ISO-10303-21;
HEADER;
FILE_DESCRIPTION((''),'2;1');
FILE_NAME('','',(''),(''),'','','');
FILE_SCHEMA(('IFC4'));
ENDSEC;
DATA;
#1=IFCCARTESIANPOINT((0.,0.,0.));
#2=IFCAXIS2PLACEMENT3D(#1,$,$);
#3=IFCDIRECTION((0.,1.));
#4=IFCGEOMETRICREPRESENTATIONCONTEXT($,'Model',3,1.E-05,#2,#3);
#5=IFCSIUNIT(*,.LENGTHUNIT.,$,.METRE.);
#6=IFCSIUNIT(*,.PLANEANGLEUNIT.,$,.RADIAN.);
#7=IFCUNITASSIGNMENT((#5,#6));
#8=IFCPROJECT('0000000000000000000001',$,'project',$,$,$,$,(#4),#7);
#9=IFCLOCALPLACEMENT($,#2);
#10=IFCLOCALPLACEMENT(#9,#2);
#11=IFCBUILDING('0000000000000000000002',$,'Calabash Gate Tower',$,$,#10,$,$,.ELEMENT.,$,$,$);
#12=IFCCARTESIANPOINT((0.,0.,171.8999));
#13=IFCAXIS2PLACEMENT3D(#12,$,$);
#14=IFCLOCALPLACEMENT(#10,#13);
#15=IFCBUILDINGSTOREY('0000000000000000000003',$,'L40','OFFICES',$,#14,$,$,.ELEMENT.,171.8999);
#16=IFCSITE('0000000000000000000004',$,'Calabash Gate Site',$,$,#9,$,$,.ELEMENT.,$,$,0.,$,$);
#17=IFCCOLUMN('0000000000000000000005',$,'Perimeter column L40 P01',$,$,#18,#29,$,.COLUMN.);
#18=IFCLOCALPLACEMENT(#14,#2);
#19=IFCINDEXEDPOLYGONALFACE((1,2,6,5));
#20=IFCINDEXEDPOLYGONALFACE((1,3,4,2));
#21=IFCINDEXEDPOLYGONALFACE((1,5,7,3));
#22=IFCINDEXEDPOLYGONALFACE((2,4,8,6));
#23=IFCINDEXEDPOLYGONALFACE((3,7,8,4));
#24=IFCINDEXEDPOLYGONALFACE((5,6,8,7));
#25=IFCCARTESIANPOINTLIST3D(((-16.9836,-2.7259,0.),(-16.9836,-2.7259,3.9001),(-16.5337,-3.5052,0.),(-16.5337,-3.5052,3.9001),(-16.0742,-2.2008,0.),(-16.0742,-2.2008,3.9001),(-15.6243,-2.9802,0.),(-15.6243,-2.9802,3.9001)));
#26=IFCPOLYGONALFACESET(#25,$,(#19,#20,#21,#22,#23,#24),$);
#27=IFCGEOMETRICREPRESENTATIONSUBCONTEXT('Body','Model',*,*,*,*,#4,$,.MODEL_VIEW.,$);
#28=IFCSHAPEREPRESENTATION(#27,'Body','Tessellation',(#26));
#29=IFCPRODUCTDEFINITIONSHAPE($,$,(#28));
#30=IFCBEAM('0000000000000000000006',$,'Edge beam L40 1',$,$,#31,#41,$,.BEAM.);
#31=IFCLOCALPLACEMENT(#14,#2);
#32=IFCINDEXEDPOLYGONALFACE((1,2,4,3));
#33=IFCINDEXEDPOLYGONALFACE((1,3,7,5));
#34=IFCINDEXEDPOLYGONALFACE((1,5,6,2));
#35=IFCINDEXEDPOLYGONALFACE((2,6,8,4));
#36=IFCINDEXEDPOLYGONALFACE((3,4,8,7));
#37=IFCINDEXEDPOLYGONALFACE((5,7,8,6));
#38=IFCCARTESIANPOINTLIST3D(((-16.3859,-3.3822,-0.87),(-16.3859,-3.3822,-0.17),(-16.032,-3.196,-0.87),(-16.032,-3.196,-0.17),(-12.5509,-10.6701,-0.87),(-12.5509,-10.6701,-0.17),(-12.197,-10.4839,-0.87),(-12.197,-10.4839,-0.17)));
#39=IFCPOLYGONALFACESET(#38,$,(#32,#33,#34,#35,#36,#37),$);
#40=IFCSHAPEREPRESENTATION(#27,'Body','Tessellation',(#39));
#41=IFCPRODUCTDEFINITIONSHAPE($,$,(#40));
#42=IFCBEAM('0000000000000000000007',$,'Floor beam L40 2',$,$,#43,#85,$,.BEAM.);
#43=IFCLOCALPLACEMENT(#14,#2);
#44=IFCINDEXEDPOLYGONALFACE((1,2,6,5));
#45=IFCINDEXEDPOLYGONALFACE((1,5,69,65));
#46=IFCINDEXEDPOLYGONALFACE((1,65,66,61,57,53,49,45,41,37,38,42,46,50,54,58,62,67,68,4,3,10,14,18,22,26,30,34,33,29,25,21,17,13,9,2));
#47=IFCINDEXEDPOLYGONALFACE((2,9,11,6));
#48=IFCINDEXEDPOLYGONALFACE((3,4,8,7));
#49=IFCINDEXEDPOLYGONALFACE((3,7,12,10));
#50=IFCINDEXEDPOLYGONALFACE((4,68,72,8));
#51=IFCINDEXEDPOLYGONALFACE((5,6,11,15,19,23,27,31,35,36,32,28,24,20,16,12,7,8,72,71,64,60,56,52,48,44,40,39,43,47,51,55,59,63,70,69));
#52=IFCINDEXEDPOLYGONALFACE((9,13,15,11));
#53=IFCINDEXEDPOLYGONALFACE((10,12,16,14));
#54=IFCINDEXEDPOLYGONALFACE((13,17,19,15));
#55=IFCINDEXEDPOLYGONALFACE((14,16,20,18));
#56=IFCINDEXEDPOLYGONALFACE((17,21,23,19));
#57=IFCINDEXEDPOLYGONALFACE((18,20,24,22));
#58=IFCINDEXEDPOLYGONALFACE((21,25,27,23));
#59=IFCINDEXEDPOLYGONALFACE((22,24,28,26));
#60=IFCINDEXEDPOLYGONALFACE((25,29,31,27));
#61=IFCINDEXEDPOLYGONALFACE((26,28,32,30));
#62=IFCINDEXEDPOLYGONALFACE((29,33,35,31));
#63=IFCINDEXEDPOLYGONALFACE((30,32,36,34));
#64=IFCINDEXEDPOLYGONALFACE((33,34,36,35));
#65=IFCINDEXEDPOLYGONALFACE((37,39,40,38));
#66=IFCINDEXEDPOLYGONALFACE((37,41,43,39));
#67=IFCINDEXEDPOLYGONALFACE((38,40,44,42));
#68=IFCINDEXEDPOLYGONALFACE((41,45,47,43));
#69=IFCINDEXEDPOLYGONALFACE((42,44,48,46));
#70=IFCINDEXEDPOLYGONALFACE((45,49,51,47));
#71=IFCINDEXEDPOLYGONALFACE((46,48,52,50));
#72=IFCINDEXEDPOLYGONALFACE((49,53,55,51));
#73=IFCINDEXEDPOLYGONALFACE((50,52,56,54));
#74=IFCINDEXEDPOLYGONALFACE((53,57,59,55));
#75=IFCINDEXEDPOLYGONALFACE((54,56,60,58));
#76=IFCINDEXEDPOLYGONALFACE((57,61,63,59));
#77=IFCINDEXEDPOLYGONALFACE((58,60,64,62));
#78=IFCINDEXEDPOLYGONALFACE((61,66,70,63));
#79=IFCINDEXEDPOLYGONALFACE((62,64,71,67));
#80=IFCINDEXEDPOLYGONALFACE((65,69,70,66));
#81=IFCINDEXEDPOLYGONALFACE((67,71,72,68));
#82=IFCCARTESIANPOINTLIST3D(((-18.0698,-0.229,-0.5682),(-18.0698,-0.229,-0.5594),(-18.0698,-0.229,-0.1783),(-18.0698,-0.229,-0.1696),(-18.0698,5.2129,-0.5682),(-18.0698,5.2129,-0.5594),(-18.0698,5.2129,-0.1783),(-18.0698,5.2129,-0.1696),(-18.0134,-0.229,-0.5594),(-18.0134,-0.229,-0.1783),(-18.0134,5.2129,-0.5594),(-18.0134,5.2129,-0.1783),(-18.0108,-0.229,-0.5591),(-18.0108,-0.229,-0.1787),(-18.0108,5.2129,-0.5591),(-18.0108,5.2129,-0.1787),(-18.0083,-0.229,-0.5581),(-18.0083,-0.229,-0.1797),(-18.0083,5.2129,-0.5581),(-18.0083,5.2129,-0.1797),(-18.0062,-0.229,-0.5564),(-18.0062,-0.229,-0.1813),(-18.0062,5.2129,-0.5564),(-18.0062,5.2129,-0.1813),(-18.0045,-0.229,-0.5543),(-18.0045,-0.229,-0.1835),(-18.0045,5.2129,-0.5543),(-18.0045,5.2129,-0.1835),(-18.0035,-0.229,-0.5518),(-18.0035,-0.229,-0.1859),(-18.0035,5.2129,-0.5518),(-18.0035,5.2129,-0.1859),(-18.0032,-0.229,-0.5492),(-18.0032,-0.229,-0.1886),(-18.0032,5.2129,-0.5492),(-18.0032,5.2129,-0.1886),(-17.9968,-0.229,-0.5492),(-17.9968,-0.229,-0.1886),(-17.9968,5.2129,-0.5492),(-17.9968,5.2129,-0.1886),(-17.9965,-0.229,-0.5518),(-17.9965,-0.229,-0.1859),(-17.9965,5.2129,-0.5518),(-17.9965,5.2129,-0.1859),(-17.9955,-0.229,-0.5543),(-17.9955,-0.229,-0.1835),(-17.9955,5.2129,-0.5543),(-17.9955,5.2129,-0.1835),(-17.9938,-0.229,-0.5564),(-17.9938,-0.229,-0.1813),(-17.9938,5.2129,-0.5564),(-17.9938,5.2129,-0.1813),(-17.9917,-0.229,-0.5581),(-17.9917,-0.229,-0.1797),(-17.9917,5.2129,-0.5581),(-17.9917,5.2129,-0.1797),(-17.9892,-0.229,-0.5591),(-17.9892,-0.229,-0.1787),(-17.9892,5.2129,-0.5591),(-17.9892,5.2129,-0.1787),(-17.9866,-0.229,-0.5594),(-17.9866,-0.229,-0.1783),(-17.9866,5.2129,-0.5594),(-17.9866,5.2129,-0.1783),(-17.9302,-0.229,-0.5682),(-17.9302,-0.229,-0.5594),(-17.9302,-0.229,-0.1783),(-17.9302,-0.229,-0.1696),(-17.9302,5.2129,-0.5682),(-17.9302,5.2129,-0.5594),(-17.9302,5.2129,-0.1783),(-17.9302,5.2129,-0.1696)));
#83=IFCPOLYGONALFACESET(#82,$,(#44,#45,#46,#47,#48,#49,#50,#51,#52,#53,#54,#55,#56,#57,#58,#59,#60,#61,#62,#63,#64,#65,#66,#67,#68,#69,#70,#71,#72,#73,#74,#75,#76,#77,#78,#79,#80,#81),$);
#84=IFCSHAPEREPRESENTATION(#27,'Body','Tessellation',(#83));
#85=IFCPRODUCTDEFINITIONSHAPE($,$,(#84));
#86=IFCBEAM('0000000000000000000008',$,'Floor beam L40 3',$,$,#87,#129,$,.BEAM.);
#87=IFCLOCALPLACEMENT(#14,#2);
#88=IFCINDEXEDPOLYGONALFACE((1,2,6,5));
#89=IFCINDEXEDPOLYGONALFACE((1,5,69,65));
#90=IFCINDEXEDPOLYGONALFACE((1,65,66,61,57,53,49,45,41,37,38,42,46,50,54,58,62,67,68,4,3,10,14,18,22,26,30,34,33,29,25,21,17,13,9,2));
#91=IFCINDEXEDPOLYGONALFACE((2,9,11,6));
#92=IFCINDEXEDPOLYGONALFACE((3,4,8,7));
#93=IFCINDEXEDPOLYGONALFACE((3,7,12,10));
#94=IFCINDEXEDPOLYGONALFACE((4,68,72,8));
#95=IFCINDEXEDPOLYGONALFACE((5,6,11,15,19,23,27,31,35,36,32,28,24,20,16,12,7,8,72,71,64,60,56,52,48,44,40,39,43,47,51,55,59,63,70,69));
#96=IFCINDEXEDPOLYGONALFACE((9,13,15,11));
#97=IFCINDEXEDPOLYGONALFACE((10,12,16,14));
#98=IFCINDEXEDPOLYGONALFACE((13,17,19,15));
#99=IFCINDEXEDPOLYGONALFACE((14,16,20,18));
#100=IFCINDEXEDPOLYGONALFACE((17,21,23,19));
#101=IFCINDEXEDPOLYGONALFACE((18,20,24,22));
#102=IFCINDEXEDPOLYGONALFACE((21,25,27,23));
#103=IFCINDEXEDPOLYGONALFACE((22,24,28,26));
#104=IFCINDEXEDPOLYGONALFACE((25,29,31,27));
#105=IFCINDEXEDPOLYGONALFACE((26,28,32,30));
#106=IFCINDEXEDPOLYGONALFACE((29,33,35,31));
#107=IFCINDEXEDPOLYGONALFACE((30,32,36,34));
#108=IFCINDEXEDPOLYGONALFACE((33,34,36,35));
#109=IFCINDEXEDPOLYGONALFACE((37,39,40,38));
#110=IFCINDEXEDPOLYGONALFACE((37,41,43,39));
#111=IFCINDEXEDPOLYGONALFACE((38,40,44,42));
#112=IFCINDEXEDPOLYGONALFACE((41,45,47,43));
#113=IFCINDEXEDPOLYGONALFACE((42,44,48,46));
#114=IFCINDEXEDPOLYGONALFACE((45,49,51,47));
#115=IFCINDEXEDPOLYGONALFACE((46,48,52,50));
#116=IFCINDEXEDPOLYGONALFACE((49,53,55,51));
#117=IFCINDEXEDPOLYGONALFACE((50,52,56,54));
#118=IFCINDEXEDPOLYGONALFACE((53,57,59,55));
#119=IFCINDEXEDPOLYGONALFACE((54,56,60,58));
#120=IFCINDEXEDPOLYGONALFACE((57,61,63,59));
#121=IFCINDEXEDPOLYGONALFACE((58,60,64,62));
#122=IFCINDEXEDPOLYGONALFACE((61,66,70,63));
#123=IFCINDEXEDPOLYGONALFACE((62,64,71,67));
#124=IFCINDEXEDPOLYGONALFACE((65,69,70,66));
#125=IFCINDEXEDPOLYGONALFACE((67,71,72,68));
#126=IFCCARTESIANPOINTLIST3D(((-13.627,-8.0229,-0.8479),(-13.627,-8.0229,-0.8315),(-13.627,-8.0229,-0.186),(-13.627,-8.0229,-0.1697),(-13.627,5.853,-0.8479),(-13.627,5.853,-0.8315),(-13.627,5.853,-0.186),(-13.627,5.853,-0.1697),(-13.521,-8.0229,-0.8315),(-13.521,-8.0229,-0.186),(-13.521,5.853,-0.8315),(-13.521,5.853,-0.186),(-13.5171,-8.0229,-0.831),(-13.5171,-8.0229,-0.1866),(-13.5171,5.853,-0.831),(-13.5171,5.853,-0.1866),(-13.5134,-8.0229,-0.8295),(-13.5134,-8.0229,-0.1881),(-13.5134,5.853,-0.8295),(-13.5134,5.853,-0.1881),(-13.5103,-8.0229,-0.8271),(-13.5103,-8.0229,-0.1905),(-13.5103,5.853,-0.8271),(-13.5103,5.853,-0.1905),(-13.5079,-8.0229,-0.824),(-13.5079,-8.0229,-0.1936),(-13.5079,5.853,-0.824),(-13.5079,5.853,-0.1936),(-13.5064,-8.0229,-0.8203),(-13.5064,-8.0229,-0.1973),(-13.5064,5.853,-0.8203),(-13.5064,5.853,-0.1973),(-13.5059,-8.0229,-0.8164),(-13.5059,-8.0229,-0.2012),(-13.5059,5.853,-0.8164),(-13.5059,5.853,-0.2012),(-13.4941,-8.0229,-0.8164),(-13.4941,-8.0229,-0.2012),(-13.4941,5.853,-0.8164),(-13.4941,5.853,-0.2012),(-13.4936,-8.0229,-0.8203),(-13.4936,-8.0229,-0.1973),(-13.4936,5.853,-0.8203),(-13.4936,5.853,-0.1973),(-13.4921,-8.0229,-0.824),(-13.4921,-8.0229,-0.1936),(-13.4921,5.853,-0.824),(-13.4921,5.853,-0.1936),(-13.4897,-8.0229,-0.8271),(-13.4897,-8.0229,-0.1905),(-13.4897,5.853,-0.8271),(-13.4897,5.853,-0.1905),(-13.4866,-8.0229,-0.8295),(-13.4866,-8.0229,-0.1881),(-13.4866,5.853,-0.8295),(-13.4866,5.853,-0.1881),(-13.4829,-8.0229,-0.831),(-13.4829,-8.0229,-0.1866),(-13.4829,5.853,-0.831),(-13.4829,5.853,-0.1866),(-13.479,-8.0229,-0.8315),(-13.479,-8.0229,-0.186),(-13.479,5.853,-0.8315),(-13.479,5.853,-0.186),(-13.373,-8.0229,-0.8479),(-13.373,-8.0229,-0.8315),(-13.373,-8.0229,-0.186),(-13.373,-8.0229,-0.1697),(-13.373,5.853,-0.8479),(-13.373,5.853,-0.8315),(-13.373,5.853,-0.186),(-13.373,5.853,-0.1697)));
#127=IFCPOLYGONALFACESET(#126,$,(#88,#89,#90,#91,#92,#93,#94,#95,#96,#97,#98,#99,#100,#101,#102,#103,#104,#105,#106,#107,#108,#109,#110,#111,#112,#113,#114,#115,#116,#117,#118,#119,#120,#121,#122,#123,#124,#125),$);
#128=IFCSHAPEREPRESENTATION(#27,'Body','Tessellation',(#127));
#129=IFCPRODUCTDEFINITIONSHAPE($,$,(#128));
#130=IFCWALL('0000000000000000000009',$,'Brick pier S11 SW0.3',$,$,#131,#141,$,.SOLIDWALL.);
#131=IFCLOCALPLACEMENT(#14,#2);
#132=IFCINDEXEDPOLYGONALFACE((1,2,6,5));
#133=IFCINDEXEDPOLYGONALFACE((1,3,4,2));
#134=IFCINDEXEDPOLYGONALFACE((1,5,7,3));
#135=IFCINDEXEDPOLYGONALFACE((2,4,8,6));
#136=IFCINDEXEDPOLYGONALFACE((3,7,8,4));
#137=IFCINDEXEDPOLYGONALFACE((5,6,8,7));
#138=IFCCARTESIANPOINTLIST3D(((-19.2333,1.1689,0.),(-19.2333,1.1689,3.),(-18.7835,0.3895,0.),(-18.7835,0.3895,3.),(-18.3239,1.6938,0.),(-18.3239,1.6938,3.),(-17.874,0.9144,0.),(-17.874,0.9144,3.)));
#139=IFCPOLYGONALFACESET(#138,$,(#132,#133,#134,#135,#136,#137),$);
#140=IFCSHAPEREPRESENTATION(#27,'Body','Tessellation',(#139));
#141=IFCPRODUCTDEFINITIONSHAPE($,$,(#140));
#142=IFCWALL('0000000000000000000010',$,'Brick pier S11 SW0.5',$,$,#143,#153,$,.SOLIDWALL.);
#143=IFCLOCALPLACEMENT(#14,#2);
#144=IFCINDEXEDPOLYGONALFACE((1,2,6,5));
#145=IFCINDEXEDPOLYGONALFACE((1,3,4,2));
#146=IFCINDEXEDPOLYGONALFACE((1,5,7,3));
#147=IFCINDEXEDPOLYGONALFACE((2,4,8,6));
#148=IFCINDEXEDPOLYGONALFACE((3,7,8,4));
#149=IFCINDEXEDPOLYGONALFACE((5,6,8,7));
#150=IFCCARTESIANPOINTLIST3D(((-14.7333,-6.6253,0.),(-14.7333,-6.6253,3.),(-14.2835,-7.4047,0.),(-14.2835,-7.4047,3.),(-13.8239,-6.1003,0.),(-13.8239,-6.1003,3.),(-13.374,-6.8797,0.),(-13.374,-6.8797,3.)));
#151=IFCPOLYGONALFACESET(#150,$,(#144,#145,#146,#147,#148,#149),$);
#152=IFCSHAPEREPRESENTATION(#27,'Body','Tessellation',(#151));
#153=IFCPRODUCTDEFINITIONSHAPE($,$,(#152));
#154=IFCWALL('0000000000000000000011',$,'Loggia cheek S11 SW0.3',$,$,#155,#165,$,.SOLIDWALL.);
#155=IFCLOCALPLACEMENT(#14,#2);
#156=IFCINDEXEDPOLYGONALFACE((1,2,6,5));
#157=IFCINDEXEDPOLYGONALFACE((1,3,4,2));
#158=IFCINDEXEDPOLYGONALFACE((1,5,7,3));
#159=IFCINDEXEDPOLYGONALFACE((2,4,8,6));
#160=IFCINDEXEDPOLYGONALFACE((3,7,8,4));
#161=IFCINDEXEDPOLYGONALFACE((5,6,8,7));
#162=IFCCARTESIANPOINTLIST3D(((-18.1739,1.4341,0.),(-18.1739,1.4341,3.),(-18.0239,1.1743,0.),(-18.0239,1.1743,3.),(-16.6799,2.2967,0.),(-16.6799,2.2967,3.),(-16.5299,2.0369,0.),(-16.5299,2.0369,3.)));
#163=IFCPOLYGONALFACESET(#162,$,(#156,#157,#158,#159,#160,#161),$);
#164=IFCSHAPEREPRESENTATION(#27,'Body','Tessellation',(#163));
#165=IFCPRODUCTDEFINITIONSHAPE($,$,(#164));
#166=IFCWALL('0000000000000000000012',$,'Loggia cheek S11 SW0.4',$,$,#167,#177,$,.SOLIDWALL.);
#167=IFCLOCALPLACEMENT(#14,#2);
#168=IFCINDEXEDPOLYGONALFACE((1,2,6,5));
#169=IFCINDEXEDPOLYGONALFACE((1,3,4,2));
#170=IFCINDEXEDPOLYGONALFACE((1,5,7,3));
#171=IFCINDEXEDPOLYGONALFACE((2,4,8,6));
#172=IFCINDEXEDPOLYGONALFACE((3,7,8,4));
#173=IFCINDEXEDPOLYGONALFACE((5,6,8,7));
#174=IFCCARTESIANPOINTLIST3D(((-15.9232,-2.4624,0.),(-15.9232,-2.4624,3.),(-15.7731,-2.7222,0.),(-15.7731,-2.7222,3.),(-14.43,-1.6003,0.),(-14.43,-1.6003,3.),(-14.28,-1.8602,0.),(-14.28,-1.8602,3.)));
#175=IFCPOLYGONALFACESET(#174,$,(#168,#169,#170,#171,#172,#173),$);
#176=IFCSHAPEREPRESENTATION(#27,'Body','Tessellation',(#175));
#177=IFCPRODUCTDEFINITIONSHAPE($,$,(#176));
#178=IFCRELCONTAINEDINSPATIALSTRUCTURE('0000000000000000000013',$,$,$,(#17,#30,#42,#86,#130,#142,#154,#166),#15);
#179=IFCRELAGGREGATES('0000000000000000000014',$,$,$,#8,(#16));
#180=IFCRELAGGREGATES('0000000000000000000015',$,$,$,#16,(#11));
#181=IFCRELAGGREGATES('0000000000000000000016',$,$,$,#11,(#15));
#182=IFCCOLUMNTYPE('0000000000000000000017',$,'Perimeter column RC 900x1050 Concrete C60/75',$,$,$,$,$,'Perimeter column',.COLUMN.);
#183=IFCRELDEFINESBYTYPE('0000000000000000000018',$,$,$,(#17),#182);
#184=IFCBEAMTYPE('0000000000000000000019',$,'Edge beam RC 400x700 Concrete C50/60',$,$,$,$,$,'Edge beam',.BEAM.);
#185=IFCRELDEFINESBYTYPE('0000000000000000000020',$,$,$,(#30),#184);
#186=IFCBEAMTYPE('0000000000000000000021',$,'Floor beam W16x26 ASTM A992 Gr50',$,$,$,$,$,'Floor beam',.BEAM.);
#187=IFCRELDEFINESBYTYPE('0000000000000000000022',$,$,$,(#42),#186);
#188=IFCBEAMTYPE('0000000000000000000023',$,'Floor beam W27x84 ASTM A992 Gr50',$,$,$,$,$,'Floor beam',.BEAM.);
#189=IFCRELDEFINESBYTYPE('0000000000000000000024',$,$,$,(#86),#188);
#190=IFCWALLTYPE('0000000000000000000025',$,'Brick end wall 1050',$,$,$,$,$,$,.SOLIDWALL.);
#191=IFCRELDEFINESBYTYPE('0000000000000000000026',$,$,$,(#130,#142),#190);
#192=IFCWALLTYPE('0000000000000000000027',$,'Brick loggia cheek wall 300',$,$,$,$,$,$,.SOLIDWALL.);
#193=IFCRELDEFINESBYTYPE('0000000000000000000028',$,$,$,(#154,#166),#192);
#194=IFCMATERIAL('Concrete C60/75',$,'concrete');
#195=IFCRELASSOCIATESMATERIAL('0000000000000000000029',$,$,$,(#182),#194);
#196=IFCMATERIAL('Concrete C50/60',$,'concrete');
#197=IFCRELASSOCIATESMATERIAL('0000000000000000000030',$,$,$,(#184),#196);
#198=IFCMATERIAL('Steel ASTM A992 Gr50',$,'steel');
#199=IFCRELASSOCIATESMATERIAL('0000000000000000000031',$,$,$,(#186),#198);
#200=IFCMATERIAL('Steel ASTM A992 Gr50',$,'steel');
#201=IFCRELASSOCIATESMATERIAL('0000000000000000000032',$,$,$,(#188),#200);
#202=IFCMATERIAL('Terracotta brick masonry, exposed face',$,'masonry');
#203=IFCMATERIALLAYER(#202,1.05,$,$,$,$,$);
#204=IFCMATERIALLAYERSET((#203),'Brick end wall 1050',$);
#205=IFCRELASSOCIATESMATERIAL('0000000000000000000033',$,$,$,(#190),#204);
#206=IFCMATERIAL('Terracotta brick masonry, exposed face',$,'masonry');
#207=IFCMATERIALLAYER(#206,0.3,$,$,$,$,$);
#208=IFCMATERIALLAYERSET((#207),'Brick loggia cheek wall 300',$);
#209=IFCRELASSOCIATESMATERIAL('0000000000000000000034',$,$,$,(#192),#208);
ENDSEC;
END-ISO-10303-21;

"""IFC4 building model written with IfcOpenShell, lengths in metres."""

from ifc_helpers import new_model, si_unit, direction, frame, frame_2d, origin, origin_2d, place, context, subcontext, project, spatial, rectangle, i_section, extrude, material, layer, layer_set, material_profile, profile_set, type_object, element, save


model = new_model("IFC4")

# Units and contexts
model_context = context("Model", 3, precision=1e-05, world=origin(), true_north=direction((0.0, 1.0)))
body_context = subcontext(model_context, "Body", "Model", "MODEL_VIEW")
ifc_project = project(units=[si_unit("LENGTHUNIT", "METRE"), si_unit("PLANEANGLEUNIT", "RADIAN")], contexts=[model_context])

# Site, building, storey
site_placement = place(None, origin())
site = spatial("IfcSite", under=ifc_project, at=site_placement, Name="Calabash Gate Site", CompositionType="ELEMENT", RefElevation=0.0)
building_placement = place(site_placement, origin())
building = spatial("IfcBuilding", under=site, at=building_placement, Name="Calabash Gate Tower", CompositionType="ELEMENT")
storey_placement = place(building_placement, frame((0.0, 0.0, 171.8999)))
storey = spatial("IfcBuildingStorey", under=building, at=storey_placement, Name="L40", Description="OFFICES", CompositionType="ELEMENT", Elevation=171.8999)

# Column
ifc_material_1 = material(Name="Concrete C60/75", Category="concrete")
ifc_material_profile_1 = material_profile(ifc_material_1, rectangle(XDim=0.8999, YDim=1.05, at=origin_2d()))
ifc_profile_set_1 = profile_set([ifc_material_profile_1], Name="Concrete C60/75")
column_type = type_object("IfcColumnType", Name="Perimeter column RC 900x1050 Concrete C60/75", ElementType="Perimeter column", PredefinedType="COLUMN", material=ifc_profile_set_1)
column_placement = place(storey_placement, frame((-16.304, -2.853, 0.0), z_axis=(0.0, 0.0, 1.0), x_axis=(0.5, -0.866025, 0.0)))
element("IfcColumn", 1, at=column_placement, inside=storey, type_object=column_type, Name="Perimeter column L40 P01", PredefinedType="COLUMN", context=body_context, shape_type="SweptSolid", body=[
    extrude(rectangle(XDim=0.8999, YDim=1.05, at=origin_2d()), origin(), (0.0, 0.0, 1.0), 3.9001),
])

# Beams
ifc_material_2 = material(Name="Concrete C50/60", Category="concrete")
ifc_material_profile_2 = material_profile(ifc_material_2, rectangle(XDim=0.3999, YDim=0.7, at=origin_2d()))
ifc_profile_set_2 = profile_set([ifc_material_profile_2], Name="Concrete C50/60")
beam_type_1 = type_object("IfcBeamType", Name="Edge beam RC 400x700 Concrete C50/60", ElementType="Edge beam", PredefinedType="BEAM", material=ifc_profile_set_2)
beam_1_placement = place(storey_placement, frame((-16.209, -3.2891, -0.52), z_axis=(0.465676, -0.884956, 0.0), x_axis=(0.884956, 0.465676, 0.0)))
element("IfcBeam", 2, at=beam_1_placement, inside=storey, type_object=beam_type_1, Name="Edge beam L40 1", PredefinedType="BEAM", context=body_context, shape_type="SweptSolid", body=[
    extrude(rectangle(XDim=0.3999, YDim=0.7, at=origin_2d()), origin(), (0.0, 0.0, 1.0), 8.2354),
])
ifc_material_3 = material(Name="Steel ASTM A992 Gr50", Category="steel")
ifc_material_profile_3 = material_profile(ifc_material_3, i_section(OverallWidth=0.1396, OverallDepth=0.3987, WebThickness=0.0063, FlangeThickness=0.0088, FilletRadius=0.0103, at=origin_2d()))
ifc_profile_set_3 = profile_set([ifc_material_profile_3], Name="Steel ASTM A992 Gr50")
beam_type_2 = type_object("IfcBeamType", Name="Floor beam W16x26 ASTM A992 Gr50", ElementType="Floor beam", PredefinedType="BEAM", material=ifc_profile_set_3)
beam_2_placement = place(storey_placement, frame((-18.0, -0.229, -0.3689), z_axis=(0.0, 1.0, 0.0), x_axis=(-1.0, 0.0, 0.0)))
element("IfcBeam", 3, at=beam_2_placement, inside=storey, type_object=beam_type_2, Name="Floor beam L40 2", PredefinedType="BEAM", context=body_context, shape_type="SweptSolid", body=[
    extrude(i_section(OverallWidth=0.1396, OverallDepth=0.3987, WebThickness=0.0063, FlangeThickness=0.0088, FilletRadius=0.0103, at=origin_2d()), origin(), (0.0, 0.0, 1.0), 5.4419),
])
ifc_material_4 = material(Name="Steel ASTM A992 Gr50", Category="steel")
ifc_material_profile_4 = material_profile(ifc_material_4, i_section(OverallWidth=0.2539, OverallDepth=0.6782, WebThickness=0.0117, FlangeThickness=0.0164, FilletRadius=0.0151, at=origin_2d()))
ifc_profile_set_4 = profile_set([ifc_material_profile_4], Name="Steel ASTM A992 Gr50")
beam_type_3 = type_object("IfcBeamType", Name="Floor beam W27x84 ASTM A992 Gr50", ElementType="Floor beam", PredefinedType="BEAM", material=ifc_profile_set_4)
beam_3_placement = place(storey_placement, frame((-13.5, -8.0229, -0.5088), z_axis=(0.0, 1.0, 0.0), x_axis=(-1.0, 0.0, 0.0)))
element("IfcBeam", 4, at=beam_3_placement, inside=storey, type_object=beam_type_3, Name="Floor beam L40 3", PredefinedType="BEAM", context=body_context, shape_type="SweptSolid", body=[
    extrude(i_section(OverallWidth=0.2539, OverallDepth=0.6782, WebThickness=0.0117, FlangeThickness=0.0164, FilletRadius=0.0151, at=origin_2d()), origin(), (0.0, 0.0, 1.0), 13.876),
])

# Walls
ifc_material_5 = material(Name="Terracotta brick masonry, exposed face", Category="masonry")
ifc_layer_1 = layer(ifc_material_5, 1.05)
ifc_layer_set_1 = layer_set([ifc_layer_1], Name="Brick end wall 1050")
wall_type_1 = type_object("IfcWallType", Name="Brick end wall 1050", PredefinedType="SOLIDWALL", material=ifc_layer_set_1)
for number, where, z_axis, x_axis, name in (
    (5, (-19.0083, 0.7793, 0.0), (0.0, 0.0, 1.0), (0.866089, 0.49989, 0.0), "Brick pier S11 SW0.3"),
    (6, (-14.5083, -7.0149, 0.0), (0.0, 0.0, 1.0), (0.866089, 0.49989, 0.0), "Brick pier S11 SW0.5"),
):
    element("IfcWall", number, at=place(storey_placement, frame(where, z_axis=z_axis, x_axis=x_axis)), inside=storey, type_object=wall_type_1, Name=name, PredefinedType="SOLIDWALL", context=body_context, shape_type="SweptSolid", body=[
        extrude(rectangle(XDim=1.05, YDim=0.8999, at=frame_2d((0.5249, 0.0))), origin(), (0.0, 0.0, 1.0), 3.0),
    ])
ifc_material_6 = material(Name="Terracotta brick masonry, exposed face", Category="masonry")
ifc_layer_2 = layer(ifc_material_6, 0.3)
ifc_layer_set_2 = layer_set([ifc_layer_2], Name="Brick loggia cheek wall 300")
wall_type_2 = type_object("IfcWallType", Name="Brick loggia cheek wall 300", PredefinedType="SOLIDWALL", material=ifc_layer_set_2)
wall_1_placement = place(storey_placement, frame((-18.0989, 1.3042, 0.0), z_axis=(0.0, 0.0, 1.0), x_axis=(0.866014, 0.500021, 0.0)))
element("IfcWall", 7, at=wall_1_placement, inside=storey, type_object=wall_type_2, Name="Loggia cheek S11 SW0.3", PredefinedType="SOLIDWALL", context=body_context, shape_type="SweptSolid", body=[
    extrude(rectangle(XDim=1.7251, YDim=0.3, at=frame_2d((0.8625, 0.0))), origin(), (0.0, 0.0, 1.0), 3.0),
])
wall_2_placement = place(storey_placement, frame((-15.8481, -2.5923, 0.0), z_axis=(0.0, 0.0, 1.0), x_axis=(0.86603, 0.499992, 0.0)))
element("IfcWall", 8, at=wall_2_placement, inside=storey, type_object=wall_type_2, Name="Loggia cheek S11 SW0.4", PredefinedType="SOLIDWALL", context=body_context, shape_type="SweptSolid", body=[
    extrude(rectangle(XDim=1.7241, YDim=0.3, at=frame_2d((0.8621, 0.0))), origin(), (0.0, 0.0, 1.0), 3.0),
])

save(model, "model.ifc")
